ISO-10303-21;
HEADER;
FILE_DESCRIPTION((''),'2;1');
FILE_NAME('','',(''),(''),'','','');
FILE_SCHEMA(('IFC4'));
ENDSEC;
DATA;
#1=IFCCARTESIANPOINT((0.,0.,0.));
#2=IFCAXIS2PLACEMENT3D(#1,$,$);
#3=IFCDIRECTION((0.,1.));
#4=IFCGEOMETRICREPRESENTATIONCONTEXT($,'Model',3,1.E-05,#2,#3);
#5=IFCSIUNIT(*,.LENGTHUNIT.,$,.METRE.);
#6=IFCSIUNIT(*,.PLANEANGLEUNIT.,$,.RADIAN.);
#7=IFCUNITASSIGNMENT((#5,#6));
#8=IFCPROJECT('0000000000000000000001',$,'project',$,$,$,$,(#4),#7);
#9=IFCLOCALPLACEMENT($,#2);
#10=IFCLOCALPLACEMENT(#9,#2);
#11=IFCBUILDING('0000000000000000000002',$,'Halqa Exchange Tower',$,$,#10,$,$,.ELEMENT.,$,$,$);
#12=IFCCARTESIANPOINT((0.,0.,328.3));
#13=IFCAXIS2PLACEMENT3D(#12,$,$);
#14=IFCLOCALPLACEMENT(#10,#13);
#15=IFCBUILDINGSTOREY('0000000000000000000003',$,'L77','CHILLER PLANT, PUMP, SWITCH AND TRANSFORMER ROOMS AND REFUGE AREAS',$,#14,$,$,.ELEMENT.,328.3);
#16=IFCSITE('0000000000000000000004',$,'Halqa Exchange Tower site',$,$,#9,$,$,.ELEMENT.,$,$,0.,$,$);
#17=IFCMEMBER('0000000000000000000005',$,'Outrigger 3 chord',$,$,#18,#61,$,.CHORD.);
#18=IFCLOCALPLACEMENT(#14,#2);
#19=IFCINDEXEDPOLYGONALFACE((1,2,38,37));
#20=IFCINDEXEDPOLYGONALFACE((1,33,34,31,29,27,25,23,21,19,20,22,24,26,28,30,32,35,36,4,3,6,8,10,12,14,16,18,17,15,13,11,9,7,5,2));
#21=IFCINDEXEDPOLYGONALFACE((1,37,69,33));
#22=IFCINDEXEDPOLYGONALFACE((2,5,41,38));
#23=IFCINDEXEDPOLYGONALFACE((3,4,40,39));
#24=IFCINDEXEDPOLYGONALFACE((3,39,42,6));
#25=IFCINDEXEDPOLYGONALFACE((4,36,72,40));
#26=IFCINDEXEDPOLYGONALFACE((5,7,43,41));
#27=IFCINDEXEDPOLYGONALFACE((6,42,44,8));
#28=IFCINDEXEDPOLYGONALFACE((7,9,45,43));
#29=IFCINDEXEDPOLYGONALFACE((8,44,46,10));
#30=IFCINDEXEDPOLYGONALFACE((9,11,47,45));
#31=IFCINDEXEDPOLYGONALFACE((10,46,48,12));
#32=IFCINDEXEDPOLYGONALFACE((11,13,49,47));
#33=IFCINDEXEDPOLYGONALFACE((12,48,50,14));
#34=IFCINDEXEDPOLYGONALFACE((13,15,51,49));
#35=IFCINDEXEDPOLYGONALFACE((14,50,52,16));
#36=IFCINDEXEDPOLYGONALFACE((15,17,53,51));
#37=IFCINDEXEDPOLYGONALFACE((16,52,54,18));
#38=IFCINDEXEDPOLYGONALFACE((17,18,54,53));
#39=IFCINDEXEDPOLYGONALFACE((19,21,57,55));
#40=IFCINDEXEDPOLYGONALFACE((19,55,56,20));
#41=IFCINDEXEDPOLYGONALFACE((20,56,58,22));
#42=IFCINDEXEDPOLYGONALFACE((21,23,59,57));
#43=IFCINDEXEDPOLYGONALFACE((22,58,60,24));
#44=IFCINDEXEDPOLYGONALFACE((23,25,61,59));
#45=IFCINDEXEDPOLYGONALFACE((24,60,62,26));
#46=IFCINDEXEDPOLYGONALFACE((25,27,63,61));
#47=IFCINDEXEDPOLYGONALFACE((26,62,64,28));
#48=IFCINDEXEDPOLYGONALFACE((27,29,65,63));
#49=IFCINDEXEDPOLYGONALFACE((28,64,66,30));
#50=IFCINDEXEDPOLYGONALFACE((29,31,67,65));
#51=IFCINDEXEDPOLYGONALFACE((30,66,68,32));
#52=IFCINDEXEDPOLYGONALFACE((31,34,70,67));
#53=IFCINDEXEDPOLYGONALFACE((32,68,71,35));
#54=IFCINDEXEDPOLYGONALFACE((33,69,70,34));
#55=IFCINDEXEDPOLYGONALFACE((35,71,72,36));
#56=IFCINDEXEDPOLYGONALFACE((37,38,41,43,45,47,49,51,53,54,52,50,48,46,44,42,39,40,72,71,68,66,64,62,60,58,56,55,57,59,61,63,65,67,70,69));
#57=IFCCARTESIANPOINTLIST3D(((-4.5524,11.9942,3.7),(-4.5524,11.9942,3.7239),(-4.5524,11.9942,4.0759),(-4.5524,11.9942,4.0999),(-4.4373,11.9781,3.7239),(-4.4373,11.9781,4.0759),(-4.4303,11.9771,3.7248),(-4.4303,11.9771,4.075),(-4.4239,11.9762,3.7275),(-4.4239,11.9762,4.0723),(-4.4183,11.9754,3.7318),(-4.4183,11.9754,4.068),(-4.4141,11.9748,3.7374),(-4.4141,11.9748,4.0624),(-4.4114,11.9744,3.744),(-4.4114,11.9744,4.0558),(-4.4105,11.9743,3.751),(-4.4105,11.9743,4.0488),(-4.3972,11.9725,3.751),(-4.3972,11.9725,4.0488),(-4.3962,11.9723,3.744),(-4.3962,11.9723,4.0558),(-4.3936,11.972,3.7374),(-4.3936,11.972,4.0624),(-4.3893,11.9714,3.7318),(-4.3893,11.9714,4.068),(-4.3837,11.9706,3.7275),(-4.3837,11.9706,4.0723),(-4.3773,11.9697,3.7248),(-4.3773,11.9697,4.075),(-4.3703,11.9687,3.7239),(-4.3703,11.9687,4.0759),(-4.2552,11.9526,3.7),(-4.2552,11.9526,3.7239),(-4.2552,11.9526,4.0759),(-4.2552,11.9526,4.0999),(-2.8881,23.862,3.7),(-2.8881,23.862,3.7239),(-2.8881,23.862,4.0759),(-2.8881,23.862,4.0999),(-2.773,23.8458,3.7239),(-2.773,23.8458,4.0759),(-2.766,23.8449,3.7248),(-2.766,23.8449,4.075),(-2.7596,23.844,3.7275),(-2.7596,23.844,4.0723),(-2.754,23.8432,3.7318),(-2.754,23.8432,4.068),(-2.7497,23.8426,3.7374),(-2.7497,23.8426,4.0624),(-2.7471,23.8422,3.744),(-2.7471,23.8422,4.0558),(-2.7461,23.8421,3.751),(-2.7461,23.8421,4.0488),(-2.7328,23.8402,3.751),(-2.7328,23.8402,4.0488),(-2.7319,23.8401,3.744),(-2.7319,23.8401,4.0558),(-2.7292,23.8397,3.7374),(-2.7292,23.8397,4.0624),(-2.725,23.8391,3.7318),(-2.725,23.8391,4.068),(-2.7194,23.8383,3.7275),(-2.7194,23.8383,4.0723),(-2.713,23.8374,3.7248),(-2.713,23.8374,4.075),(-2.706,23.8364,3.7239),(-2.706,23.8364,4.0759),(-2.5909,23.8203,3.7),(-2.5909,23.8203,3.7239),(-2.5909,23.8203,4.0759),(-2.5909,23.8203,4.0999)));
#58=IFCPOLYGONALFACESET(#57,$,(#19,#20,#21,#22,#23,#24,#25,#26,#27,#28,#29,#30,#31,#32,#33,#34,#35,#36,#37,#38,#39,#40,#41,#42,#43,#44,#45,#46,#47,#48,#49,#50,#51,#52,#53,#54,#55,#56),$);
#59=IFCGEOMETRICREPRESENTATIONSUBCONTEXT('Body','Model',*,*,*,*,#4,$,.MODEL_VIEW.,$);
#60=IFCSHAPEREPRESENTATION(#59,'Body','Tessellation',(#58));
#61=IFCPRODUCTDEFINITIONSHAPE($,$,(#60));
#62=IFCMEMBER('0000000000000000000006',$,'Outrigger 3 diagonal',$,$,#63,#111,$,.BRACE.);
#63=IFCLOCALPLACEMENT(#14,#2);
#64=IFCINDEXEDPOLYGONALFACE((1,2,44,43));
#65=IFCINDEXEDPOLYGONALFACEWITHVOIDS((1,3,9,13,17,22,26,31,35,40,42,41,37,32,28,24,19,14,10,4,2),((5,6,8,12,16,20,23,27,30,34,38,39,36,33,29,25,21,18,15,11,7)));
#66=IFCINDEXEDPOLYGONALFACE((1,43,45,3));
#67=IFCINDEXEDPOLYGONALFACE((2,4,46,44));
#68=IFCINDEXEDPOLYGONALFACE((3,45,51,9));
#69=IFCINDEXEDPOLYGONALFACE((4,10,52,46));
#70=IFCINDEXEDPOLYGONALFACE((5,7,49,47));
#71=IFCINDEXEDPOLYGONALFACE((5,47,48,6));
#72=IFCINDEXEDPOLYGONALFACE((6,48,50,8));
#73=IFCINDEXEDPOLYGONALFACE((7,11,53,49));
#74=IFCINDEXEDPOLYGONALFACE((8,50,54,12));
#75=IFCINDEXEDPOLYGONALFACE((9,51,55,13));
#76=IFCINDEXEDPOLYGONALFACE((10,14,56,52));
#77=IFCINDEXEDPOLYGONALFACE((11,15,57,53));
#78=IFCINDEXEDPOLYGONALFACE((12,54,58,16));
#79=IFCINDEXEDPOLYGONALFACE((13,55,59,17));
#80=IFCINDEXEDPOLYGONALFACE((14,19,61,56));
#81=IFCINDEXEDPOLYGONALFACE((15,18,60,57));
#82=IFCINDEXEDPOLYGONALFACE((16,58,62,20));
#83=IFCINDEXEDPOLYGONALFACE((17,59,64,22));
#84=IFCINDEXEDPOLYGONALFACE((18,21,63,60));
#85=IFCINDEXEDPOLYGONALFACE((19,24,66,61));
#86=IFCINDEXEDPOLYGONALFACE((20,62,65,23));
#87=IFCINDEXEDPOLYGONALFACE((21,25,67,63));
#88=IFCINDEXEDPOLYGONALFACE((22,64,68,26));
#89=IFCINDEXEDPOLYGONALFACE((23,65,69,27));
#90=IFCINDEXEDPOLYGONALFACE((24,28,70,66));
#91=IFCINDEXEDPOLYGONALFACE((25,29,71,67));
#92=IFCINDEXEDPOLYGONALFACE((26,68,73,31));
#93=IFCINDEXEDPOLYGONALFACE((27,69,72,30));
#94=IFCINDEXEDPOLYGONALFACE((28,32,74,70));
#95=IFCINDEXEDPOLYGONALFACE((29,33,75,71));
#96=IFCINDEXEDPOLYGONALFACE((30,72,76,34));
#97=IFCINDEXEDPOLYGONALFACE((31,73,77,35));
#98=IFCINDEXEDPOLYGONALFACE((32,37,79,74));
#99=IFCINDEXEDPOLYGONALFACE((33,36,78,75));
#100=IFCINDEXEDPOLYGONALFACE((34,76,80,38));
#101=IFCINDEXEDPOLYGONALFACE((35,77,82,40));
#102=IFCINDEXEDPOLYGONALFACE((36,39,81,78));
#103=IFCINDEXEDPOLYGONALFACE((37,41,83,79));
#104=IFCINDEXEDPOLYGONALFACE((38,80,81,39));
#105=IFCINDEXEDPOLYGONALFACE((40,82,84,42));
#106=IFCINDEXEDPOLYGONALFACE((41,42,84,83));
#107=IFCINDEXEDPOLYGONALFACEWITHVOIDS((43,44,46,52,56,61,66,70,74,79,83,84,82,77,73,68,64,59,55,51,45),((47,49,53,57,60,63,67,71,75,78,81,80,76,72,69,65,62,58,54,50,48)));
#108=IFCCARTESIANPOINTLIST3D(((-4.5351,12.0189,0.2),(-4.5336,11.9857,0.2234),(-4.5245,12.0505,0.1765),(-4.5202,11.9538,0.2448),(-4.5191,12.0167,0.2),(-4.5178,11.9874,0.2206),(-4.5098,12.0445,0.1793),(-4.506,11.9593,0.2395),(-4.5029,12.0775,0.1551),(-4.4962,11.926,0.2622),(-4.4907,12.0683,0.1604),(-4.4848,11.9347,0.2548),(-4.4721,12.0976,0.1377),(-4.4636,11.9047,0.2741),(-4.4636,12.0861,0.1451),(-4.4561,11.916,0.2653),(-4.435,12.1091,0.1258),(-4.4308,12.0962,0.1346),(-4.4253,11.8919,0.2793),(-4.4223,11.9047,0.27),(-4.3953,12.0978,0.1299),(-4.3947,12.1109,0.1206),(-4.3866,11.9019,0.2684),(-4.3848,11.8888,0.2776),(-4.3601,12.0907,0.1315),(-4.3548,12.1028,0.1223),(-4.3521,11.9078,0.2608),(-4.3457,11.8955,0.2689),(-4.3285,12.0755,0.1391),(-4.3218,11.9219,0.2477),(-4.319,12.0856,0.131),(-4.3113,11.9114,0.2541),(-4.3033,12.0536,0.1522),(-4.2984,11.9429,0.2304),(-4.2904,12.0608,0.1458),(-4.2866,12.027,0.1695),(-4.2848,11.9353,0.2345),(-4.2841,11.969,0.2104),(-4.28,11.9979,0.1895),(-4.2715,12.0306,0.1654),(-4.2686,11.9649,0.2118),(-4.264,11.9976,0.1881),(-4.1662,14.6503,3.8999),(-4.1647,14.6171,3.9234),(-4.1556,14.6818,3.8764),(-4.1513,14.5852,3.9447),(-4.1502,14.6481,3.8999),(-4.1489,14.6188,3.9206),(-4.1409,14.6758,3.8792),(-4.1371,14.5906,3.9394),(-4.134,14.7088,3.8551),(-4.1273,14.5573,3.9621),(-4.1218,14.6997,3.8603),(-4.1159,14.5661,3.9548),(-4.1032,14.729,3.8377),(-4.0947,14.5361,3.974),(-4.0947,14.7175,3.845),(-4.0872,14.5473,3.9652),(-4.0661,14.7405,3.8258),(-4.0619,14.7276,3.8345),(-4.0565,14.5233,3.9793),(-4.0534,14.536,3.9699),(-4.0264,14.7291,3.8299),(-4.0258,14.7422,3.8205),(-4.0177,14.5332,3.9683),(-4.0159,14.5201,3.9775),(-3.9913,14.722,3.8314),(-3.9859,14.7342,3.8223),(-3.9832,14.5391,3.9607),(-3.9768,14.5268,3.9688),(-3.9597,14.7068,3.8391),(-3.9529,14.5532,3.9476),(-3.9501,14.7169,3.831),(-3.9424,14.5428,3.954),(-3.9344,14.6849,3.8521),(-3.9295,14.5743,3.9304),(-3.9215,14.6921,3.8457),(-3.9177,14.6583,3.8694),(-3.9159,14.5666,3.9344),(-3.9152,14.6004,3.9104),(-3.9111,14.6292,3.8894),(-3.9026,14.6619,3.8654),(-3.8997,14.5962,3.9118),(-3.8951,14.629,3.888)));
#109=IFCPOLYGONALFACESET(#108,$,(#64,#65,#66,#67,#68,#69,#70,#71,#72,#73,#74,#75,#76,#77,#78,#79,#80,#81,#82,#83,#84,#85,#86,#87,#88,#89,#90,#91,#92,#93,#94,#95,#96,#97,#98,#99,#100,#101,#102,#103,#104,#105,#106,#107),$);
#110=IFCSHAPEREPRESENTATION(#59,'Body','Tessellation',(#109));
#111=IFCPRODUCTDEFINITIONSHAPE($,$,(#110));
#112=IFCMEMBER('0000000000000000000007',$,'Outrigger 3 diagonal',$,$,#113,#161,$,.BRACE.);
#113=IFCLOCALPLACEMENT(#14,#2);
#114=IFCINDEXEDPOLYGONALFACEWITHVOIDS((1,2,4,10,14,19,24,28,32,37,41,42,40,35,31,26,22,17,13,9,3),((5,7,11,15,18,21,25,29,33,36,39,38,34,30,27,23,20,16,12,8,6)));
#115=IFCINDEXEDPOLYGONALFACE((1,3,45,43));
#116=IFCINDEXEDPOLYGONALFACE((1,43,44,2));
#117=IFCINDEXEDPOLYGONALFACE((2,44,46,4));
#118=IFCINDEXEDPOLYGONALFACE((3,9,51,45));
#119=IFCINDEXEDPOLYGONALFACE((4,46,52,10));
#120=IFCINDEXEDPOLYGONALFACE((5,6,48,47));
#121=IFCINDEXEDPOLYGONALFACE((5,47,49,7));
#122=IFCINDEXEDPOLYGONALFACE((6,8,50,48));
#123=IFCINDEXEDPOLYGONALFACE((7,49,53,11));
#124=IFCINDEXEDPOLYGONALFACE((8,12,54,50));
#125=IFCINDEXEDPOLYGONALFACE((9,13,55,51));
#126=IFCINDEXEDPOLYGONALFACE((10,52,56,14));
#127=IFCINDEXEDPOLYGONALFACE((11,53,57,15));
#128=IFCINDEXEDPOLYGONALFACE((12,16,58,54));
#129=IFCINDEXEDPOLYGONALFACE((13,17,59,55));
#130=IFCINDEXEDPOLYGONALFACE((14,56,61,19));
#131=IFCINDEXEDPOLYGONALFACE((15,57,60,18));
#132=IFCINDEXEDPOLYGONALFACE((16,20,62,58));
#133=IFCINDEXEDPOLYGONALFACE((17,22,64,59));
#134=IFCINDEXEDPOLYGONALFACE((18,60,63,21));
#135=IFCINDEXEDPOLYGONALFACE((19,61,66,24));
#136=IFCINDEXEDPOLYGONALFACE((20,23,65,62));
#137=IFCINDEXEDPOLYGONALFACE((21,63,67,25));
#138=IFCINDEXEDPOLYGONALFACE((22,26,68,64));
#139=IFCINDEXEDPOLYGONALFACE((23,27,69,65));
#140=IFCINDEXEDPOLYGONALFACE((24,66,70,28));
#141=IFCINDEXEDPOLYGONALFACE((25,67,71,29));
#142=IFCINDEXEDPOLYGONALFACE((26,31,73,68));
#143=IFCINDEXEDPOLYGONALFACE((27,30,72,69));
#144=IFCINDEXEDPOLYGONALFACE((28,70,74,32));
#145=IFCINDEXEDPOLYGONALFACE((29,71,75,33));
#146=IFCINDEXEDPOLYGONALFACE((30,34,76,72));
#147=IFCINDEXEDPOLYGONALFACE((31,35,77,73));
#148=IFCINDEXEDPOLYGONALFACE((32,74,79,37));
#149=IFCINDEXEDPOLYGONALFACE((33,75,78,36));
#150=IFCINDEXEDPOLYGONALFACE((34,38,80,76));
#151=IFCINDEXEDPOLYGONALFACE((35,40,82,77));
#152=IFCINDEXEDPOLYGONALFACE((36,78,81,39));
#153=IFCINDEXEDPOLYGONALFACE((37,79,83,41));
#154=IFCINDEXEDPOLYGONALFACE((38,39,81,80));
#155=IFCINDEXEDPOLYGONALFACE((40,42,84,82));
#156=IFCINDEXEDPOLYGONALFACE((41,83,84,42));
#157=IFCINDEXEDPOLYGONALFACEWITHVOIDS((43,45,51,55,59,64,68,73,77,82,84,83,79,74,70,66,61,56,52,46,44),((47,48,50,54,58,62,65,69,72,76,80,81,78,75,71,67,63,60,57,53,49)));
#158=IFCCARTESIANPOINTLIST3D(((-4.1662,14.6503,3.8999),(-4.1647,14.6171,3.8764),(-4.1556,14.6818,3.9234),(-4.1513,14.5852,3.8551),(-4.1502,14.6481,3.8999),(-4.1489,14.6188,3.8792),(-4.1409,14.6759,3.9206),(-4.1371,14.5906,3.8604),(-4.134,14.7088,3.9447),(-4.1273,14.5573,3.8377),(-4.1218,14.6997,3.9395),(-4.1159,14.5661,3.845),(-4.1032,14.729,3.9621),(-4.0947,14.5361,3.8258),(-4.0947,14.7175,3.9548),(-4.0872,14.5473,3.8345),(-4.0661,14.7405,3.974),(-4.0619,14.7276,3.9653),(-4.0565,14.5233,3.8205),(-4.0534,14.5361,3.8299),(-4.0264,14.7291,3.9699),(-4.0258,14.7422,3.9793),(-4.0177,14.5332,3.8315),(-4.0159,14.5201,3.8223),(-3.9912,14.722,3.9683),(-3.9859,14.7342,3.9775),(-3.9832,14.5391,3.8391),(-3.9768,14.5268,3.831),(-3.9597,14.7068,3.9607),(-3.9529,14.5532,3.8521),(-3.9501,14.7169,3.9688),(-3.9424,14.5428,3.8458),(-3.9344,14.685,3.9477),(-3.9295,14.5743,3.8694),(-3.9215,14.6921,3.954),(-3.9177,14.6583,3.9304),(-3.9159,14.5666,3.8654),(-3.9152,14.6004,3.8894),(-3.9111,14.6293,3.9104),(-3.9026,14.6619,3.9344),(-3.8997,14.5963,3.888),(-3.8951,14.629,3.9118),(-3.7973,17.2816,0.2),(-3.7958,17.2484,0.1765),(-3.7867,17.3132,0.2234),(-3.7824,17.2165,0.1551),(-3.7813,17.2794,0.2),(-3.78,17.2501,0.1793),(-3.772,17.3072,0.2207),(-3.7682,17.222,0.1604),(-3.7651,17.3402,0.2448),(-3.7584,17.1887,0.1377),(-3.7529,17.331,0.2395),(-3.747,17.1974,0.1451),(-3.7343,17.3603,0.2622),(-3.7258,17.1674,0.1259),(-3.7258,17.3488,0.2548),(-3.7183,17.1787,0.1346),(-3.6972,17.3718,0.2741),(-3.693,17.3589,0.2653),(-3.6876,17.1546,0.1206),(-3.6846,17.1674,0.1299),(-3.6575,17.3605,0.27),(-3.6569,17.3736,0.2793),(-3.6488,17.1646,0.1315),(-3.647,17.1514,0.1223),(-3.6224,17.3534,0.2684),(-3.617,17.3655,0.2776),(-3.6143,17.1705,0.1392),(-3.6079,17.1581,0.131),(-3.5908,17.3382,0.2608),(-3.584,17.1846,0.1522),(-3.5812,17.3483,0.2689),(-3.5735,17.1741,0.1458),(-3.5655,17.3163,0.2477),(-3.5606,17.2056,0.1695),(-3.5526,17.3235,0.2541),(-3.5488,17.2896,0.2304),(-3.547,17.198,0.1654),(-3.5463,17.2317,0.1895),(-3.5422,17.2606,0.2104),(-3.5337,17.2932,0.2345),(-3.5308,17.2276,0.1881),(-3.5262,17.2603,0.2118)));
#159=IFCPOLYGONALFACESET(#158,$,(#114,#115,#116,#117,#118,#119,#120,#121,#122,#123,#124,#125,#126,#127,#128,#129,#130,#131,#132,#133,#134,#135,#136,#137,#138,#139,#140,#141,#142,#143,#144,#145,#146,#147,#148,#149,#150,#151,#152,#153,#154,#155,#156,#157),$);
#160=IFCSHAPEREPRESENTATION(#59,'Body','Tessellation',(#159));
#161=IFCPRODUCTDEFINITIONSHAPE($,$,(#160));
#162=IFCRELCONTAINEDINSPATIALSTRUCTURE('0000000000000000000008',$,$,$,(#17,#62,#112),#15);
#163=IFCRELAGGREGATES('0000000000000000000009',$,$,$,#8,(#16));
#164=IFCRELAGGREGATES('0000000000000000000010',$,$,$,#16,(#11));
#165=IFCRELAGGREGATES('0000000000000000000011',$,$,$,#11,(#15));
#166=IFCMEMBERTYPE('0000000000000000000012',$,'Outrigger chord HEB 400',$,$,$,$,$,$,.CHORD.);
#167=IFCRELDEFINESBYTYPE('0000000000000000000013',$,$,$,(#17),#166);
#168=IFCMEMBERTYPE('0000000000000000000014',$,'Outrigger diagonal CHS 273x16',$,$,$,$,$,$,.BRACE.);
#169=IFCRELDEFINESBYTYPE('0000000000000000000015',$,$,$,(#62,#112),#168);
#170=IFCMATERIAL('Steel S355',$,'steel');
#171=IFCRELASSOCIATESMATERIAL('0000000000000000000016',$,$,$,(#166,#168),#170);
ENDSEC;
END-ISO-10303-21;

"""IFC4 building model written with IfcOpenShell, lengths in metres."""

from ifc_helpers import new_model, si_unit, direction, frame, origin, origin_2d, place, context, subcontext, project, spatial, hollow_circle, i_section, extrude, material, material_profile, profile_set, type_object, element, save


model = new_model("IFC4")

# Units and contexts
model_context = context("Model", 3, precision=1e-05, world=origin(), true_north=direction((0.0, 1.0)))
body_context = subcontext(model_context, "Body", "Model", "MODEL_VIEW")
ifc_project = project(units=[si_unit("LENGTHUNIT", "METRE"), si_unit("PLANEANGLEUNIT", "RADIAN")], contexts=[model_context])

# Site, building, storey
site_placement = place(None, origin())
site = spatial("IfcSite", under=ifc_project, at=site_placement, Name="Halqa Exchange Tower site", CompositionType="ELEMENT", RefElevation=0.0)
building_placement = place(site_placement, origin())
building = spatial("IfcBuilding", under=site, at=building_placement, Name="Halqa Exchange Tower", CompositionType="ELEMENT")
storey_placement = place(building_placement, frame((0.0, 0.0, 328.3)))
storey = spatial("IfcBuildingStorey", under=building, at=storey_placement, Name="L77", Description="CHILLER PLANT, PUMP, SWITCH AND TRANSFORMER ROOMS AND REFUGE AREAS", CompositionType="ELEMENT", Elevation=328.3)

# Shared definitions
ifc_material_1 = material(Name="Steel S355", Category="steel")

# Members
ifc_material_profile_1 = material_profile(ifc_material_1, i_section(OverallWidth=0.3, OverallDepth=0.3999, WebThickness=0.0134, FlangeThickness=0.0239, FilletRadius=0.0271, at=origin_2d()), Name="HEB 400")
ifc_profile_set_1 = profile_set([ifc_material_profile_1], Name="Steel S355")
member_type_1 = type_object("IfcMemberType", Name="Outrigger chord HEB 400", PredefinedType="CHORD", material=ifc_profile_set_1)
member_1_placement = place(storey_placement, frame((-4.4038, 11.9734, 3.8999), z_axis=(0.13888, 0.990309, 0.0), x_axis=(-0.990309, 0.13888, 0.0)))
element("IfcMember", 1, at=member_1_placement, inside=storey, type_object=member_type_1, Name="Outrigger 3 chord", PredefinedType="CHORD", context=body_context, shape_type="SweptSolid", body=[
    extrude(i_section(OverallWidth=0.3, OverallDepth=0.3999, WebThickness=0.0134, FlangeThickness=0.0239, FilletRadius=0.0271, at=origin_2d()), origin(), (0.0, 0.0, 1.0), 11.9839),
])
ifc_material_profile_2 = material_profile(ifc_material_1, hollow_circle(Radius=0.1365, WallThickness=0.0161, at=origin_2d()), Name="CHS 273x16")
ifc_profile_set_2 = profile_set([ifc_material_profile_2], Name="Steel S355")
member_type_2 = type_object("IfcMemberType", Name="Outrigger diagonal CHS 273x16", PredefinedType="BRACE", material=ifc_profile_set_2)
for number, where, z_axis, x_axis, name in (
    (2, (-4.3999, 12.0, 0.2), (0.080984, 0.57766, 0.81225), (-0.990315, 0.138835, 0.0), "Outrigger 3 diagonal"),
    (3, (-4.031, 14.6313, 3.8999), (0.080984, 0.57766, -0.81225), (-0.990315, 0.138835, 0.0), "Outrigger 3 diagonal"),
):
    element("IfcMember", number, at=place(storey_placement, frame(where, z_axis=z_axis, x_axis=x_axis)), inside=storey, type_object=member_type_2, Name=name, PredefinedType="BRACE", context=body_context, shape_type="SweptSolid", body=[
        extrude(hollow_circle(Radius=0.1365, WallThickness=0.0161, at=origin_2d()), origin(), (0.0, 0.0, 1.0), 4.5552),
    ])

save(model, "model.ifc")
